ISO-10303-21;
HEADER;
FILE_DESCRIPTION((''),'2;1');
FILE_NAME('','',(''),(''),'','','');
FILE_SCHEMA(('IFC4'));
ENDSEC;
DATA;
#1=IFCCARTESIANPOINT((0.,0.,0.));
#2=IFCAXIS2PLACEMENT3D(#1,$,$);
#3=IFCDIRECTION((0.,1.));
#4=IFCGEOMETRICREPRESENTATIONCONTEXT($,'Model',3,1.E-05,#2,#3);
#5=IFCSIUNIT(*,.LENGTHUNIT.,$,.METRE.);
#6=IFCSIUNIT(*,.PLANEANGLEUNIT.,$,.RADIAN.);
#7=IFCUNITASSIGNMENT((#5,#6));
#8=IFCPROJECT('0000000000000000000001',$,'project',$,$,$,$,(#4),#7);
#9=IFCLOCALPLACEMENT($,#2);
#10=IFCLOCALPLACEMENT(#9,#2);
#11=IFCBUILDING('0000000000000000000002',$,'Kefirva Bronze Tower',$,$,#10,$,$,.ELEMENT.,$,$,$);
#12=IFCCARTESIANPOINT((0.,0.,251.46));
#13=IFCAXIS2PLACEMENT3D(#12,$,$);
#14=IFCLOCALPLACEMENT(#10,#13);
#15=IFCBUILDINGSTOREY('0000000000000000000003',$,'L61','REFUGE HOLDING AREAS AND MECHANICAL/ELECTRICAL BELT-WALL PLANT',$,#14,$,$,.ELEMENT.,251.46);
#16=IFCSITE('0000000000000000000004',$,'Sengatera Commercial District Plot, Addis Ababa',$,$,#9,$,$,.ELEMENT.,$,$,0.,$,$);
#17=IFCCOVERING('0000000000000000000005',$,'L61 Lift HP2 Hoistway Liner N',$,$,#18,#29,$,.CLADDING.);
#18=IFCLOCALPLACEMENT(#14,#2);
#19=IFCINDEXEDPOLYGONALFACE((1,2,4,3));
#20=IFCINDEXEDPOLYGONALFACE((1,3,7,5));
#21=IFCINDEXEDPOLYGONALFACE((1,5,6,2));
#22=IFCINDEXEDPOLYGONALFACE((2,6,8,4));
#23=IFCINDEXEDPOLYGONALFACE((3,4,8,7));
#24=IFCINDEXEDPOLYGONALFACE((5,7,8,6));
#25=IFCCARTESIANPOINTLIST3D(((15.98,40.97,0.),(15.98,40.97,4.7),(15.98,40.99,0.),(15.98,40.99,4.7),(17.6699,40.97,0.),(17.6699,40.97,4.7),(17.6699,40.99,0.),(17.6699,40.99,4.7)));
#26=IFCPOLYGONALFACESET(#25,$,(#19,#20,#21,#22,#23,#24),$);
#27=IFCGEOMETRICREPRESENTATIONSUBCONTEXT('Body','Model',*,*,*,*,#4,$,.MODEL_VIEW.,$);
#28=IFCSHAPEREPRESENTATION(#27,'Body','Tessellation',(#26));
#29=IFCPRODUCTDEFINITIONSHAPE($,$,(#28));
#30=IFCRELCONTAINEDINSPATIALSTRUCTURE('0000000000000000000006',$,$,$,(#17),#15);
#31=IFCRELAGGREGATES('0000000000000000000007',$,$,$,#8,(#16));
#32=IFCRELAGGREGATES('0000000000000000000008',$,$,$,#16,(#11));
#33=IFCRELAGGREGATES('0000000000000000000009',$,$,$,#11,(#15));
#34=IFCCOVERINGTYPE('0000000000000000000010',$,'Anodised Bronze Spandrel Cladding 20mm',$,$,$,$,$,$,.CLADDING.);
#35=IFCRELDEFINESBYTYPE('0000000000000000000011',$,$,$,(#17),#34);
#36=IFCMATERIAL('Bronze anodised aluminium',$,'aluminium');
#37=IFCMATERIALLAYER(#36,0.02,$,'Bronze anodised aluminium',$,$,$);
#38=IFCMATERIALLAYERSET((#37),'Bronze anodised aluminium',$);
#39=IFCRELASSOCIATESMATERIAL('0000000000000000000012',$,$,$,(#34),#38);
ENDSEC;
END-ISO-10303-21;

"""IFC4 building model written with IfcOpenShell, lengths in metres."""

from ifc_helpers import new_model, si_unit, direction, frame, origin, place, context, subcontext, project, spatial, polyline, outline, extrude, material, layer, layer_set, type_object, element, save


model = new_model("IFC4")

# Units and contexts
model_context = context("Model", 3, precision=1e-05, world=origin(), true_north=direction((0.0, 1.0)))
body_context = subcontext(model_context, "Body", "Model", "MODEL_VIEW")
ifc_project = project(units=[si_unit("LENGTHUNIT", "METRE"), si_unit("PLANEANGLEUNIT", "RADIAN")], contexts=[model_context])

# Site, building, storey
site_placement = place(None, origin())
site = spatial("IfcSite", under=ifc_project, at=site_placement, Name="Sengatera Commercial District Plot, Addis Ababa", CompositionType="ELEMENT", RefElevation=0.0)
building_placement = place(site_placement, origin())
building = spatial("IfcBuilding", under=site, at=building_placement, Name="Kefirva Bronze Tower", CompositionType="ELEMENT")
storey_placement = place(building_placement, frame((0.0, 0.0, 251.46)))
storey = spatial("IfcBuildingStorey", under=building, at=storey_placement, Name="L61", Description="REFUGE HOLDING AREAS AND MECHANICAL/ELECTRICAL BELT-WALL PLANT", CompositionType="ELEMENT", Elevation=251.46)

# Covering
ifc_material_1 = material(Name="Bronze anodised aluminium", Category="aluminium")
ifc_layer_1 = layer(ifc_material_1, 0.02, Name="Bronze anodised aluminium")
ifc_layer_set_1 = layer_set([ifc_layer_1], Name="Bronze anodised aluminium")
covering_type = type_object("IfcCoveringType", Name="Anodised Bronze Spandrel Cladding 20mm", PredefinedType="CLADDING", material=ifc_layer_set_1)
covering_1_placement = place(storey_placement, origin())
element("IfcCovering", 1, at=covering_1_placement, inside=storey, type_object=covering_type, Name="L61 Lift HP2 Hoistway Liner N", PredefinedType="CLADDING", context=body_context, shape_type="SweptSolid", body=[
    extrude(outline(polyline([(15.98, 40.97), (17.6699, 40.97), (17.6699, 40.99), (15.98, 40.99), (15.98, 40.97)])), origin(), (0.0, 0.0, 1.0), 4.7),
])

save(model, "model.ifc")
